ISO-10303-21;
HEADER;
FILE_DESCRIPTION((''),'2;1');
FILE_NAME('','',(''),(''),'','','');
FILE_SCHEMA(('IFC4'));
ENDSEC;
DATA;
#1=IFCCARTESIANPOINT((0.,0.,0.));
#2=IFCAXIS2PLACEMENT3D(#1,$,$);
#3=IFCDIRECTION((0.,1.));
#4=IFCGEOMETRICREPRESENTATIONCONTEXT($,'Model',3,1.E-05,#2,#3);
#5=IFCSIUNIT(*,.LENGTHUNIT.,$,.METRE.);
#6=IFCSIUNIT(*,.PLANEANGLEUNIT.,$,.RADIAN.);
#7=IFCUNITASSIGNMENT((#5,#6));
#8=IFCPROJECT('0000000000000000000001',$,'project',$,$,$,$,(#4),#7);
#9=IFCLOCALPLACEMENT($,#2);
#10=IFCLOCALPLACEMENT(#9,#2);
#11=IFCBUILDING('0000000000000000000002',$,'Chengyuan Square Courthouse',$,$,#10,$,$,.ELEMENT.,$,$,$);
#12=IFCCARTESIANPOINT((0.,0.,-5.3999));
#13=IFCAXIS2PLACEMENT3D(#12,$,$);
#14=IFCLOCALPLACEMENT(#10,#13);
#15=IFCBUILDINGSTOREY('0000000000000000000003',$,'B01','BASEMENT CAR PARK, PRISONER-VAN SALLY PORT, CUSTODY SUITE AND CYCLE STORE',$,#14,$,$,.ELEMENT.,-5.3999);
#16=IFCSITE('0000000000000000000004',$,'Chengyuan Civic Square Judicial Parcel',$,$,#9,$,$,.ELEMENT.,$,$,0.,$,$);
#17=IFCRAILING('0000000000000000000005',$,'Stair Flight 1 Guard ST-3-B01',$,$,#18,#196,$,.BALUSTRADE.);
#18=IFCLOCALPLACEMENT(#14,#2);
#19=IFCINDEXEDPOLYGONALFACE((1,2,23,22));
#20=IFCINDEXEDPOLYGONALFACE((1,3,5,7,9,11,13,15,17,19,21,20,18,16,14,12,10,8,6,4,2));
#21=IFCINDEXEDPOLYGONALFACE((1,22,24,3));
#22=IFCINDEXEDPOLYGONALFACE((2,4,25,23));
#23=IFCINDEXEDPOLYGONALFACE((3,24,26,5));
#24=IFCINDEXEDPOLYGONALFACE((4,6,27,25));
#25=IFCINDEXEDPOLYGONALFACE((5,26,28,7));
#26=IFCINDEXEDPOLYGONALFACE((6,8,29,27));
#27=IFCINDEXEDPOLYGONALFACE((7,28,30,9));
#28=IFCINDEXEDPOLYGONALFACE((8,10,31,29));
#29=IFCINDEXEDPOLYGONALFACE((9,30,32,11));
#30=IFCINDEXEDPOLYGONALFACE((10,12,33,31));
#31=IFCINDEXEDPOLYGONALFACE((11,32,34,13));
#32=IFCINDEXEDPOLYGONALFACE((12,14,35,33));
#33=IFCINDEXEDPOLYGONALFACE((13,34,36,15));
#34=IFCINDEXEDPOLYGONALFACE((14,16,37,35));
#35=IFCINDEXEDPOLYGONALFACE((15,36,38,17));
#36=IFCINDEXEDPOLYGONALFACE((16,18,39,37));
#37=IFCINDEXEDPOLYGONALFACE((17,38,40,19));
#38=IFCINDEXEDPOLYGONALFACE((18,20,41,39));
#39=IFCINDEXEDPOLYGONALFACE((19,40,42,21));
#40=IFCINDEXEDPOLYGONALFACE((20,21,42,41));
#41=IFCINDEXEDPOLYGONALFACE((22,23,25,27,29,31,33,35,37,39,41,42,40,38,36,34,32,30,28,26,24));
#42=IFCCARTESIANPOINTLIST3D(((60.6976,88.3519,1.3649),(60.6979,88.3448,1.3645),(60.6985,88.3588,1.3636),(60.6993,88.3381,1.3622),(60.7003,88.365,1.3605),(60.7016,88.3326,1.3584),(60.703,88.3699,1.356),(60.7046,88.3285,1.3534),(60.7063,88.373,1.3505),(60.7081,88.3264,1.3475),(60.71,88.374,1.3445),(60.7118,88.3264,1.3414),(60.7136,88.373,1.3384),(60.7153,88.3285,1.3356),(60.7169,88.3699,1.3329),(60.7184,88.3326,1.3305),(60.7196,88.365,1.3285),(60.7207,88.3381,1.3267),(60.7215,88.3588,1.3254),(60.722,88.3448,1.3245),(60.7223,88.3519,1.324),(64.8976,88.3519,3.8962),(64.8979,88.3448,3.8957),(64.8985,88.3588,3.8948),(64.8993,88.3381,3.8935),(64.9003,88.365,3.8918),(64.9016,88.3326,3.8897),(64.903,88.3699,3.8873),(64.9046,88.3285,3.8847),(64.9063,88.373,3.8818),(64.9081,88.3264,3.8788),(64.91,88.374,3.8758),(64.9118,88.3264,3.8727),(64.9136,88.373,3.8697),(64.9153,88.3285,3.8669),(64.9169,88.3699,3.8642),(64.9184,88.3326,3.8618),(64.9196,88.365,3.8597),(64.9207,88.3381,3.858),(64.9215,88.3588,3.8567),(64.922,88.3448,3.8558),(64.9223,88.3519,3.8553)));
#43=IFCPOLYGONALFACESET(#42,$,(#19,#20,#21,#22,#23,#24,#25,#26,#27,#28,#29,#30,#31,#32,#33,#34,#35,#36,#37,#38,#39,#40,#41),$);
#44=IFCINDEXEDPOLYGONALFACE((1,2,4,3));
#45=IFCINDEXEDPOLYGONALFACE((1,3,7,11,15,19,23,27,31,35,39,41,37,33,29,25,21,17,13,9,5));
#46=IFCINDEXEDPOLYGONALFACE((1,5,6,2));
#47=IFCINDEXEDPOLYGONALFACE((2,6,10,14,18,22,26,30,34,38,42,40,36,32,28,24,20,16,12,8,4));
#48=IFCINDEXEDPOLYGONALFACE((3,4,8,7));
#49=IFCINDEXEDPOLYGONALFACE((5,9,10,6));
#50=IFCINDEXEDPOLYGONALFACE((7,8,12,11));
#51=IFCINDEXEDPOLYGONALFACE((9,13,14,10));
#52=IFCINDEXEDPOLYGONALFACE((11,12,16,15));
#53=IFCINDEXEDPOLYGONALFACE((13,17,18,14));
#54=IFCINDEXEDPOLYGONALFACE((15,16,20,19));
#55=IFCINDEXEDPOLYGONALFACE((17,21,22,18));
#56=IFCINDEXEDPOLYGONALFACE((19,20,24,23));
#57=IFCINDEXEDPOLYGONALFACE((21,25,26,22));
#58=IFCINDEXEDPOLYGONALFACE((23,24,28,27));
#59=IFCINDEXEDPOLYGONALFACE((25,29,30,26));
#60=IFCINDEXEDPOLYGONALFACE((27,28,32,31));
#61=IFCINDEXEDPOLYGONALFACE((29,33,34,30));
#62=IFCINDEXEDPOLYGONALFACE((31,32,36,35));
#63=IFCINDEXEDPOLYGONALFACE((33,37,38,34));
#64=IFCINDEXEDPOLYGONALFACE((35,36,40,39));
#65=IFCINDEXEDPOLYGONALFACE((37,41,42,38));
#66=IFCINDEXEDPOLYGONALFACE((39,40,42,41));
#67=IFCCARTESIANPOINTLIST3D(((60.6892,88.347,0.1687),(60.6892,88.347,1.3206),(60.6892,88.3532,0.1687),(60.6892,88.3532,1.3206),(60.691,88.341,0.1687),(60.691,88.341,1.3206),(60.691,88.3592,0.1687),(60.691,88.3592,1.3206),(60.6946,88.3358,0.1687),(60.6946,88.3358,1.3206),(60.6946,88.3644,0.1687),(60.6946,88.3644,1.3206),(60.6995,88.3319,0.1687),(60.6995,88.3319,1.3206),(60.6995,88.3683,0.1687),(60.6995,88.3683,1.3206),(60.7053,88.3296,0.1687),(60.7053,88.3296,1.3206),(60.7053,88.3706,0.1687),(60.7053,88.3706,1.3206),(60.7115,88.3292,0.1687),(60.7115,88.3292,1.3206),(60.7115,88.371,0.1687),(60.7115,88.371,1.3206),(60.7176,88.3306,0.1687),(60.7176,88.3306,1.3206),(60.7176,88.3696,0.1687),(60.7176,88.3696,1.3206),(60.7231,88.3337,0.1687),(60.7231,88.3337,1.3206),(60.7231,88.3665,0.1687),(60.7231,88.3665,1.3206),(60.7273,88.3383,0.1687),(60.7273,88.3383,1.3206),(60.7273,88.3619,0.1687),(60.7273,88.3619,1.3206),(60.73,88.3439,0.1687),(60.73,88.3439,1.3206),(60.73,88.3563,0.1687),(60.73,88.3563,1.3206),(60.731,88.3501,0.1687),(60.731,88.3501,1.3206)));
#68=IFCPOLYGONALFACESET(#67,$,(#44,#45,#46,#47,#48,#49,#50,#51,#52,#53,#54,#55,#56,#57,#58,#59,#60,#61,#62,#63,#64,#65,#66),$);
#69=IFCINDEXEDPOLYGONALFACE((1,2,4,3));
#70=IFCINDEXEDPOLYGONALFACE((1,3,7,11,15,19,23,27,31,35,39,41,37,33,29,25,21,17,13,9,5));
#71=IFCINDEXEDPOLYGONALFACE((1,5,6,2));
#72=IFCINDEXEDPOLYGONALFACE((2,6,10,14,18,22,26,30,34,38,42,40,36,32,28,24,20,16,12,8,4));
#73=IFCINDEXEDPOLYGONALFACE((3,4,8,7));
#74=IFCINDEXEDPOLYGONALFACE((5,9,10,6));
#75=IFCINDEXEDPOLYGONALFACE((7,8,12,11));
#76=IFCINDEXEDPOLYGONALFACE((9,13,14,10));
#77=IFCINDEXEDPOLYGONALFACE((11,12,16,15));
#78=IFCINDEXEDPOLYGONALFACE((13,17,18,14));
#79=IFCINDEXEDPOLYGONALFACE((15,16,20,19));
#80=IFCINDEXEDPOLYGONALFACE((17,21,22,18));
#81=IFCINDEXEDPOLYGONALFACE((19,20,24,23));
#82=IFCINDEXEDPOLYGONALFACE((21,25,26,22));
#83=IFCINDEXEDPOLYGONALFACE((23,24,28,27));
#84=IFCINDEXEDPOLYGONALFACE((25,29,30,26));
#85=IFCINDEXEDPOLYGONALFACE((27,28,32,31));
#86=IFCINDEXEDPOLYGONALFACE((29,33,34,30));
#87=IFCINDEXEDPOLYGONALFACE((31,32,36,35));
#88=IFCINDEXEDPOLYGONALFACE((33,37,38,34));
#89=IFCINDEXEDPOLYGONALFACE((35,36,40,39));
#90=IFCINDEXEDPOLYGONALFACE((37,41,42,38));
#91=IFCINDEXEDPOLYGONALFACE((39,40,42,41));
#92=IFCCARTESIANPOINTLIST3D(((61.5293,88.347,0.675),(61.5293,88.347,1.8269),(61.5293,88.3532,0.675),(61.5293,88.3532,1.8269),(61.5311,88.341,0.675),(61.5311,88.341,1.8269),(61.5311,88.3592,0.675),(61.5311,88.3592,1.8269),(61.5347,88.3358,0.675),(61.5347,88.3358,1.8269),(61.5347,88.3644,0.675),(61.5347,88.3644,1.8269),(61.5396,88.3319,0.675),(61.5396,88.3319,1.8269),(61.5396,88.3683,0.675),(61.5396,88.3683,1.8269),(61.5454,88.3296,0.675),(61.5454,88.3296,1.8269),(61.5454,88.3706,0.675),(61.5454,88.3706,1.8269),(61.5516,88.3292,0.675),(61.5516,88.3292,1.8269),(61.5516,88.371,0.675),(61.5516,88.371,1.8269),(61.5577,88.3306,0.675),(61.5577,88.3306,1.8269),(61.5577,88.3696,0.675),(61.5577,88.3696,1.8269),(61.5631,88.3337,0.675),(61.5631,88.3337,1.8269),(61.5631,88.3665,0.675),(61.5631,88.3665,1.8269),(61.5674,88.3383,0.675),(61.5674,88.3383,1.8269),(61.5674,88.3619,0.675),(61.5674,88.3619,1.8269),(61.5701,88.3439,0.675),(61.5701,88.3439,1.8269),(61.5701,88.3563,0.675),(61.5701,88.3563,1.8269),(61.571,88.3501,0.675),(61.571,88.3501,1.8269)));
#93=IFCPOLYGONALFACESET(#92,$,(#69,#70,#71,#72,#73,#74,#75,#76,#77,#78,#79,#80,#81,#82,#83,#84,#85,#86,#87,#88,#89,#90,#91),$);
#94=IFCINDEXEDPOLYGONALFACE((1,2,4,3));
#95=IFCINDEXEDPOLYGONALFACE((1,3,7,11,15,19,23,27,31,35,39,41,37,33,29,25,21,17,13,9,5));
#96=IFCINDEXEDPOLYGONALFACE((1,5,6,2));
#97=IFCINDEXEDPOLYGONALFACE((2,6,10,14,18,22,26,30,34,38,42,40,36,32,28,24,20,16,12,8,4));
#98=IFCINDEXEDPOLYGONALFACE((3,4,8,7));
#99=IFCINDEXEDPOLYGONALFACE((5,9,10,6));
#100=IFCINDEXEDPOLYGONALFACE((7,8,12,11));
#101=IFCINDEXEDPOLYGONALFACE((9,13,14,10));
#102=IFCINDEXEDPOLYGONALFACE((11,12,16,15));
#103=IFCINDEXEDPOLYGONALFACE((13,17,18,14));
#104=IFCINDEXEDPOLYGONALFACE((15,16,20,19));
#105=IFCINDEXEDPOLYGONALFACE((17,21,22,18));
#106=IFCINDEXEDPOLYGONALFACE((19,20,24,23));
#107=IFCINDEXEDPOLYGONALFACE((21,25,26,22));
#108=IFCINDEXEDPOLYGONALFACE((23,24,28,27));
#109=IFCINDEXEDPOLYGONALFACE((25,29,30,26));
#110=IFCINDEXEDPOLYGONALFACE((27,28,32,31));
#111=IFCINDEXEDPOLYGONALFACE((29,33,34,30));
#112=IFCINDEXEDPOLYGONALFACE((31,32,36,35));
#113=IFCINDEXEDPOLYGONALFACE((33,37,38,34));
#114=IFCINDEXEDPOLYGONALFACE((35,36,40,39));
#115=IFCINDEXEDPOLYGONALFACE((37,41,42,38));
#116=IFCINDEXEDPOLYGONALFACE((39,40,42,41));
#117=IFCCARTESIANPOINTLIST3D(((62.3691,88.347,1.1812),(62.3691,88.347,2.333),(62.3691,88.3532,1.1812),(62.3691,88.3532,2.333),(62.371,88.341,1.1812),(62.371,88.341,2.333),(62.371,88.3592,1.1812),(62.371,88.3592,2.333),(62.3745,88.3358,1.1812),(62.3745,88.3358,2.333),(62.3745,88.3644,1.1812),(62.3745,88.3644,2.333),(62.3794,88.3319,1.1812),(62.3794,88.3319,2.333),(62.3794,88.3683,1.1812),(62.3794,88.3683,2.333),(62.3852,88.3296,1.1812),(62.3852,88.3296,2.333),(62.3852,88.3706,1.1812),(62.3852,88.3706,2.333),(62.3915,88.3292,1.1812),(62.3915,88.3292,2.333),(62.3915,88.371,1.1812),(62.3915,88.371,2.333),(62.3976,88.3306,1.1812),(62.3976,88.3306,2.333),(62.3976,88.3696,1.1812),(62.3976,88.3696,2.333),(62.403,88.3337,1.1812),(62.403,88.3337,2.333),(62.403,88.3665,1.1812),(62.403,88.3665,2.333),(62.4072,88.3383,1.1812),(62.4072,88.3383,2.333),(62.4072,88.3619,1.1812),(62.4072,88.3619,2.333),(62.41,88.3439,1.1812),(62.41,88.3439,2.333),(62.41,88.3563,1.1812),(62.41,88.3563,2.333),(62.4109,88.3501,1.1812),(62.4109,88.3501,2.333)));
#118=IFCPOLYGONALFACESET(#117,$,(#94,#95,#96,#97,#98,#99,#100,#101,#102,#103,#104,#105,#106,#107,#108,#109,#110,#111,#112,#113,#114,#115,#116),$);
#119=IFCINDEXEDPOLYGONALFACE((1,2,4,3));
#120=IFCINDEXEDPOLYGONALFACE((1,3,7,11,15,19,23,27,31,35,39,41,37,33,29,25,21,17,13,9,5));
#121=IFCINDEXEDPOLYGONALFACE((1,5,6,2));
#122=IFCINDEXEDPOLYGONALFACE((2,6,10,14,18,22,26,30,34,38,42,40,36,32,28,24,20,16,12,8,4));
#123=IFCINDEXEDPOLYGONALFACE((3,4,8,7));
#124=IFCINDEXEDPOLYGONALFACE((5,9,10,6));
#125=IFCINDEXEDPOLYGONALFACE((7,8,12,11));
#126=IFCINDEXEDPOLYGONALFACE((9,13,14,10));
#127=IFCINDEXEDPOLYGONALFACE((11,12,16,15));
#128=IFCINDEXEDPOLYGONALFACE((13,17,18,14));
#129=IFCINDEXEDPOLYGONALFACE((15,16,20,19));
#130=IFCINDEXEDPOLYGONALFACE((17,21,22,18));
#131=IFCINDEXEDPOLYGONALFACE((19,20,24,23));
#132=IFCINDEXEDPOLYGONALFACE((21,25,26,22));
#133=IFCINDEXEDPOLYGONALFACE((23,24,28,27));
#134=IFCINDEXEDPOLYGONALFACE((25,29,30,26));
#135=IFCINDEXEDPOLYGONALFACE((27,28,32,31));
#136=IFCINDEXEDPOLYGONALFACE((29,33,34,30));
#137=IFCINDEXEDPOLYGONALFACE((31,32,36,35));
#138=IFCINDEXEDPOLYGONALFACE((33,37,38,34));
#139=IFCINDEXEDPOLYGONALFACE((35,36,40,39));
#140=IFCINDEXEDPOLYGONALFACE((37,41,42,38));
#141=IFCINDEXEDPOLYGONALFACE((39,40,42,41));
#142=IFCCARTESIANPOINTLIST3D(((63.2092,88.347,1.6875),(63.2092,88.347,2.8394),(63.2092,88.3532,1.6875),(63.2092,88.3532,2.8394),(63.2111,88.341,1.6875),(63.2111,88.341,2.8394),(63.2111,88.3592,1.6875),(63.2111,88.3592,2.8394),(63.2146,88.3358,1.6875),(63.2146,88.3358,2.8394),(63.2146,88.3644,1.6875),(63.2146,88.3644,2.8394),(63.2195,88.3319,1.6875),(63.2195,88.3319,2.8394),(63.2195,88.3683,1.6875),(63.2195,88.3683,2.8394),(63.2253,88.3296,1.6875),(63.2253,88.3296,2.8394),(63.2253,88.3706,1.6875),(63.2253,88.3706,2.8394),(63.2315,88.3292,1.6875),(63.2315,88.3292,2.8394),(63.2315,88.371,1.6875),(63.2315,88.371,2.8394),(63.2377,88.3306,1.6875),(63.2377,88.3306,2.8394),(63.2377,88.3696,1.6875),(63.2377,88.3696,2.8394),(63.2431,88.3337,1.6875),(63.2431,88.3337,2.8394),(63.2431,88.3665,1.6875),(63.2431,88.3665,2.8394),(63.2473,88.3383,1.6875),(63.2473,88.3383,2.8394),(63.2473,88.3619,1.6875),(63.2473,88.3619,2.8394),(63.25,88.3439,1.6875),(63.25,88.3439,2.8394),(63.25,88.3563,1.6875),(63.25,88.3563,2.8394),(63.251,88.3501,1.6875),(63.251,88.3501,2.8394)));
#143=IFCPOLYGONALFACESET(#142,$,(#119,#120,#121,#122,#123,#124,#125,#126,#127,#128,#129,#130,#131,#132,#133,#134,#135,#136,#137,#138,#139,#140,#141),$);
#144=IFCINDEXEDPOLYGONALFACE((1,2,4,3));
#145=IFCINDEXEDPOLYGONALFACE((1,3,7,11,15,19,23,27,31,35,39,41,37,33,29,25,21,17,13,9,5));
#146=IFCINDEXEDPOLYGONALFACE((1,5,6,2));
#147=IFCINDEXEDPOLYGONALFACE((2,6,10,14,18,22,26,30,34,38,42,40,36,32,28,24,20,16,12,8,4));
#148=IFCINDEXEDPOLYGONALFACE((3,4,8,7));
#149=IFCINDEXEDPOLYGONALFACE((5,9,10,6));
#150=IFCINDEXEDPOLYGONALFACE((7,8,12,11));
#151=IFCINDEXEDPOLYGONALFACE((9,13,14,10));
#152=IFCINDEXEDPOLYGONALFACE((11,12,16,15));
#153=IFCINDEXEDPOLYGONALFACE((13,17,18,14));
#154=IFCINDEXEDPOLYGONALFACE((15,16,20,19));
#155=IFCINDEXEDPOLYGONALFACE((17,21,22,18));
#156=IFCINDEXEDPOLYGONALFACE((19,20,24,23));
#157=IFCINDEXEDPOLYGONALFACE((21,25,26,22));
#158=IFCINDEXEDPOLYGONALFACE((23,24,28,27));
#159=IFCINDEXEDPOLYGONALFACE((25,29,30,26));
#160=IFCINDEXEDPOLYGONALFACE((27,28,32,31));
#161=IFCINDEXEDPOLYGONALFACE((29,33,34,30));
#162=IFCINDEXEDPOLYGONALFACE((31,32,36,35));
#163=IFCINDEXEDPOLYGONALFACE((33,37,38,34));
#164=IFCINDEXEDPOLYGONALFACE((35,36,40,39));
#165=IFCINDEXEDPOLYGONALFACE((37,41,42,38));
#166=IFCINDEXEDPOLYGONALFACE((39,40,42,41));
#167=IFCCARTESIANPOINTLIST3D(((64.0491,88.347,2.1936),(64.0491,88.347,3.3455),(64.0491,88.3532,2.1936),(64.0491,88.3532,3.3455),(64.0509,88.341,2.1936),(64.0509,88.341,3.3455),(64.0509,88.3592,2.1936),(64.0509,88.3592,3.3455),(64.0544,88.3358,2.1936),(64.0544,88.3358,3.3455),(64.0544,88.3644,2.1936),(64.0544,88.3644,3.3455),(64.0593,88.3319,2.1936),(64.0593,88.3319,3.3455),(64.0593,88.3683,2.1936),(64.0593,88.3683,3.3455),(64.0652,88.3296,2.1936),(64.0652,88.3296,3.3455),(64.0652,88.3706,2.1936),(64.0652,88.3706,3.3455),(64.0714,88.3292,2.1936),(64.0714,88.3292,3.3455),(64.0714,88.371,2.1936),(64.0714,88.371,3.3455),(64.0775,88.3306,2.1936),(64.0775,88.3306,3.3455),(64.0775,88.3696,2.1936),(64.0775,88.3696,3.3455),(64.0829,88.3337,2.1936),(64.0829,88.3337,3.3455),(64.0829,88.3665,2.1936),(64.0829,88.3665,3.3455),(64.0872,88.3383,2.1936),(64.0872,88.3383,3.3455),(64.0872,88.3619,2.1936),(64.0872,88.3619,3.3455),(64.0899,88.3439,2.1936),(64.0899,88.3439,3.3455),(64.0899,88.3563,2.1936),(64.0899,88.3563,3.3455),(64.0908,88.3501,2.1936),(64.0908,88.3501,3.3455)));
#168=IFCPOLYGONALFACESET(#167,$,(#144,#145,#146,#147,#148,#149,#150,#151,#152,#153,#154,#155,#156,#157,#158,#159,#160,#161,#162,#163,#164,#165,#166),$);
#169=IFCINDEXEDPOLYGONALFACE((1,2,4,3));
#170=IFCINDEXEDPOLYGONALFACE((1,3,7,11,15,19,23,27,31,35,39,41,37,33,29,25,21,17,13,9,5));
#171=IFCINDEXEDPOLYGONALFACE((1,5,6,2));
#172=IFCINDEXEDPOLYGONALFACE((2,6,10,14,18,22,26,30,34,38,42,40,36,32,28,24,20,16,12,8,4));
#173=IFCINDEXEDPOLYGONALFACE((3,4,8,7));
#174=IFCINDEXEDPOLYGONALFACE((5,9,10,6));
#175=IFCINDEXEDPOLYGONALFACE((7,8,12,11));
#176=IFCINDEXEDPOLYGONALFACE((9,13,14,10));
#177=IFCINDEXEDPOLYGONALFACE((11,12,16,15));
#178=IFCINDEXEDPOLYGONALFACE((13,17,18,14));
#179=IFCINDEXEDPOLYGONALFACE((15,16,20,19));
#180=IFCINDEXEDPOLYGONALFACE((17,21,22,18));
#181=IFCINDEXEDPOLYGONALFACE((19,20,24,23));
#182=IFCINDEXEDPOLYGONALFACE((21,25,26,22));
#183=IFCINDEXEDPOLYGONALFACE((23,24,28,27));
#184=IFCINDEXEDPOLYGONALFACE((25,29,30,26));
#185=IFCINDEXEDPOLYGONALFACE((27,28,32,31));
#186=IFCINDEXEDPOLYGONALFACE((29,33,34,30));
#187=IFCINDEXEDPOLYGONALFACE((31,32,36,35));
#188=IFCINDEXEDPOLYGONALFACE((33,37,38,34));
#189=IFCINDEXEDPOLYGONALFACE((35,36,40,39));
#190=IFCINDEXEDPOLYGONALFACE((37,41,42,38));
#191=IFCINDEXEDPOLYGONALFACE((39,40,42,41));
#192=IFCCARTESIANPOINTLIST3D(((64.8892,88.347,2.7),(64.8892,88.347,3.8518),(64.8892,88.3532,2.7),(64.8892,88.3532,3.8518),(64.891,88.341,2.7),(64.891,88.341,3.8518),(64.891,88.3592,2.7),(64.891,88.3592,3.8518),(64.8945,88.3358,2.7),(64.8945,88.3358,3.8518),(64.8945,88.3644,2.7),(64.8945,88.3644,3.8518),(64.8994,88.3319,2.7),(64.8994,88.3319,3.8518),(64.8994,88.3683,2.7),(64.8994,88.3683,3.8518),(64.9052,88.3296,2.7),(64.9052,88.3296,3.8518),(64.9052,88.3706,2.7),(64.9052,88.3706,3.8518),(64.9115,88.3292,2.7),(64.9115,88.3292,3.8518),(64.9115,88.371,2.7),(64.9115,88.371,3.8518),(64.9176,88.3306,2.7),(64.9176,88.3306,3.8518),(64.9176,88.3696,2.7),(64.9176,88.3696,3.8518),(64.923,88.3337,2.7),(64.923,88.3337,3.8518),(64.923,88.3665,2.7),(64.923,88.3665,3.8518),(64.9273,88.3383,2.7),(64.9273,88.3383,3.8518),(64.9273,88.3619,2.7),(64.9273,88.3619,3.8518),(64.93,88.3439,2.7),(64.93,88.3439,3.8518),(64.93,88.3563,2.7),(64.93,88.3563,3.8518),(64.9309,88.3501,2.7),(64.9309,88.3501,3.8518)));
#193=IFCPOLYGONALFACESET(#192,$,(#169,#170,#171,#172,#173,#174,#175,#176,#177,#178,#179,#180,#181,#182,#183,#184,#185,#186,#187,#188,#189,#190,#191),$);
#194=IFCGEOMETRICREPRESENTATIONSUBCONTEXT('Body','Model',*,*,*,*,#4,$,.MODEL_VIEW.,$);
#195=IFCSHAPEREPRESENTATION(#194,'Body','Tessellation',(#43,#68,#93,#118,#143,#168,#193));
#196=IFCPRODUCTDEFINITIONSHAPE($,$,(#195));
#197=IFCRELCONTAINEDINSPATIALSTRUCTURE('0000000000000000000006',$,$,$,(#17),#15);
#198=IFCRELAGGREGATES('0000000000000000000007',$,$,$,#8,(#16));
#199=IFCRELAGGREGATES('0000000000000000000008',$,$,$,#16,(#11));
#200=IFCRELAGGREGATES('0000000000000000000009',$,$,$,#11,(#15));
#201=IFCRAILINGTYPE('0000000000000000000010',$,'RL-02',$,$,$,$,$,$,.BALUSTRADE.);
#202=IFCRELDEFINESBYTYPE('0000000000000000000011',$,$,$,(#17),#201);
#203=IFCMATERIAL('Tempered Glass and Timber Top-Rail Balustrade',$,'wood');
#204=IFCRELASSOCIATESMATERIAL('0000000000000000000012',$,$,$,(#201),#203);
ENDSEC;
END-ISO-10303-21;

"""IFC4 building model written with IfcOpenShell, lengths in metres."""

from ifc_helpers import new_model, si_unit, direction, frame, origin, origin_2d, place, context, subcontext, project, spatial, circle, extrude, material, type_object, element, save


model = new_model("IFC4")

# Units and contexts
model_context = context("Model", 3, precision=1e-05, world=origin(), true_north=direction((0.0, 1.0)))
body_context = subcontext(model_context, "Body", "Model", "MODEL_VIEW")
ifc_project = project(units=[si_unit("LENGTHUNIT", "METRE"), si_unit("PLANEANGLEUNIT", "RADIAN")], contexts=[model_context])

# Site, building, storey
site_placement = place(None, origin())
site = spatial("IfcSite", under=ifc_project, at=site_placement, Name="Chengyuan Civic Square Judicial Parcel", CompositionType="ELEMENT", RefElevation=0.0)
building_placement = place(site_placement, origin())
building = spatial("IfcBuilding", under=site, at=building_placement, Name="Chengyuan Square Courthouse", CompositionType="ELEMENT")
storey_placement = place(building_placement, frame((0.0, 0.0, -5.3999)))
storey = spatial("IfcBuildingStorey", under=building, at=storey_placement, Name="B01", Description="BASEMENT CAR PARK, PRISONER-VAN SALLY PORT, CUSTODY SUITE AND CYCLE STORE", CompositionType="ELEMENT", Elevation=-5.3999)

# Railing
ifc_material_1 = material(Name="Tempered Glass and Timber Top-Rail Balustrade", Category="wood")
railing_type_1 = type_object("IfcRailingType", Name="RL-02", PredefinedType="BALUSTRADE", material=ifc_material_1)
railing_1_placement = place(storey_placement, frame((60.71, 88.3501, 0.1687)))
element("IfcRailing", 1, at=railing_1_placement, inside=storey, type_object=railing_type_1, Name="Stair Flight 1 Guard ST-3-B01", PredefinedType="BALUSTRADE", context=body_context, shape_type="SweptSolid", body=[
    extrude(circle(Radius=0.0239, at=origin_2d()), frame((0.0, 0.0, 1.1758), z_axis=(0.856476, 0.0, 0.516186), x_axis=(0.0, 1.0, 0.0)), (0.0, 0.0, 1.0), 4.9038),
    extrude(circle(Radius=0.021, at=origin_2d()), origin(), (0.0, 0.0, 1.0), 1.1519),
    extrude(circle(Radius=0.021, at=origin_2d()), frame((0.8401, 0.0, 0.5063)), (0.0, 0.0, 1.0), 1.1519),
    extrude(circle(Radius=0.021, at=origin_2d()), frame((1.6799, 0.0, 1.0125)), (0.0, 0.0, 1.0), 1.1519),
    extrude(circle(Radius=0.021, at=origin_2d()), frame((2.52, 0.0, 1.5188)), (0.0, 0.0, 1.0), 1.1519),
    extrude(circle(Radius=0.021, at=origin_2d()), frame((3.3599, 0.0, 2.0249)), (0.0, 0.0, 1.0), 1.1519),
    extrude(circle(Radius=0.021, at=origin_2d()), frame((4.2, 0.0, 2.5312)), (0.0, 0.0, 1.0), 1.1519),
])

save(model, "model.ifc")
